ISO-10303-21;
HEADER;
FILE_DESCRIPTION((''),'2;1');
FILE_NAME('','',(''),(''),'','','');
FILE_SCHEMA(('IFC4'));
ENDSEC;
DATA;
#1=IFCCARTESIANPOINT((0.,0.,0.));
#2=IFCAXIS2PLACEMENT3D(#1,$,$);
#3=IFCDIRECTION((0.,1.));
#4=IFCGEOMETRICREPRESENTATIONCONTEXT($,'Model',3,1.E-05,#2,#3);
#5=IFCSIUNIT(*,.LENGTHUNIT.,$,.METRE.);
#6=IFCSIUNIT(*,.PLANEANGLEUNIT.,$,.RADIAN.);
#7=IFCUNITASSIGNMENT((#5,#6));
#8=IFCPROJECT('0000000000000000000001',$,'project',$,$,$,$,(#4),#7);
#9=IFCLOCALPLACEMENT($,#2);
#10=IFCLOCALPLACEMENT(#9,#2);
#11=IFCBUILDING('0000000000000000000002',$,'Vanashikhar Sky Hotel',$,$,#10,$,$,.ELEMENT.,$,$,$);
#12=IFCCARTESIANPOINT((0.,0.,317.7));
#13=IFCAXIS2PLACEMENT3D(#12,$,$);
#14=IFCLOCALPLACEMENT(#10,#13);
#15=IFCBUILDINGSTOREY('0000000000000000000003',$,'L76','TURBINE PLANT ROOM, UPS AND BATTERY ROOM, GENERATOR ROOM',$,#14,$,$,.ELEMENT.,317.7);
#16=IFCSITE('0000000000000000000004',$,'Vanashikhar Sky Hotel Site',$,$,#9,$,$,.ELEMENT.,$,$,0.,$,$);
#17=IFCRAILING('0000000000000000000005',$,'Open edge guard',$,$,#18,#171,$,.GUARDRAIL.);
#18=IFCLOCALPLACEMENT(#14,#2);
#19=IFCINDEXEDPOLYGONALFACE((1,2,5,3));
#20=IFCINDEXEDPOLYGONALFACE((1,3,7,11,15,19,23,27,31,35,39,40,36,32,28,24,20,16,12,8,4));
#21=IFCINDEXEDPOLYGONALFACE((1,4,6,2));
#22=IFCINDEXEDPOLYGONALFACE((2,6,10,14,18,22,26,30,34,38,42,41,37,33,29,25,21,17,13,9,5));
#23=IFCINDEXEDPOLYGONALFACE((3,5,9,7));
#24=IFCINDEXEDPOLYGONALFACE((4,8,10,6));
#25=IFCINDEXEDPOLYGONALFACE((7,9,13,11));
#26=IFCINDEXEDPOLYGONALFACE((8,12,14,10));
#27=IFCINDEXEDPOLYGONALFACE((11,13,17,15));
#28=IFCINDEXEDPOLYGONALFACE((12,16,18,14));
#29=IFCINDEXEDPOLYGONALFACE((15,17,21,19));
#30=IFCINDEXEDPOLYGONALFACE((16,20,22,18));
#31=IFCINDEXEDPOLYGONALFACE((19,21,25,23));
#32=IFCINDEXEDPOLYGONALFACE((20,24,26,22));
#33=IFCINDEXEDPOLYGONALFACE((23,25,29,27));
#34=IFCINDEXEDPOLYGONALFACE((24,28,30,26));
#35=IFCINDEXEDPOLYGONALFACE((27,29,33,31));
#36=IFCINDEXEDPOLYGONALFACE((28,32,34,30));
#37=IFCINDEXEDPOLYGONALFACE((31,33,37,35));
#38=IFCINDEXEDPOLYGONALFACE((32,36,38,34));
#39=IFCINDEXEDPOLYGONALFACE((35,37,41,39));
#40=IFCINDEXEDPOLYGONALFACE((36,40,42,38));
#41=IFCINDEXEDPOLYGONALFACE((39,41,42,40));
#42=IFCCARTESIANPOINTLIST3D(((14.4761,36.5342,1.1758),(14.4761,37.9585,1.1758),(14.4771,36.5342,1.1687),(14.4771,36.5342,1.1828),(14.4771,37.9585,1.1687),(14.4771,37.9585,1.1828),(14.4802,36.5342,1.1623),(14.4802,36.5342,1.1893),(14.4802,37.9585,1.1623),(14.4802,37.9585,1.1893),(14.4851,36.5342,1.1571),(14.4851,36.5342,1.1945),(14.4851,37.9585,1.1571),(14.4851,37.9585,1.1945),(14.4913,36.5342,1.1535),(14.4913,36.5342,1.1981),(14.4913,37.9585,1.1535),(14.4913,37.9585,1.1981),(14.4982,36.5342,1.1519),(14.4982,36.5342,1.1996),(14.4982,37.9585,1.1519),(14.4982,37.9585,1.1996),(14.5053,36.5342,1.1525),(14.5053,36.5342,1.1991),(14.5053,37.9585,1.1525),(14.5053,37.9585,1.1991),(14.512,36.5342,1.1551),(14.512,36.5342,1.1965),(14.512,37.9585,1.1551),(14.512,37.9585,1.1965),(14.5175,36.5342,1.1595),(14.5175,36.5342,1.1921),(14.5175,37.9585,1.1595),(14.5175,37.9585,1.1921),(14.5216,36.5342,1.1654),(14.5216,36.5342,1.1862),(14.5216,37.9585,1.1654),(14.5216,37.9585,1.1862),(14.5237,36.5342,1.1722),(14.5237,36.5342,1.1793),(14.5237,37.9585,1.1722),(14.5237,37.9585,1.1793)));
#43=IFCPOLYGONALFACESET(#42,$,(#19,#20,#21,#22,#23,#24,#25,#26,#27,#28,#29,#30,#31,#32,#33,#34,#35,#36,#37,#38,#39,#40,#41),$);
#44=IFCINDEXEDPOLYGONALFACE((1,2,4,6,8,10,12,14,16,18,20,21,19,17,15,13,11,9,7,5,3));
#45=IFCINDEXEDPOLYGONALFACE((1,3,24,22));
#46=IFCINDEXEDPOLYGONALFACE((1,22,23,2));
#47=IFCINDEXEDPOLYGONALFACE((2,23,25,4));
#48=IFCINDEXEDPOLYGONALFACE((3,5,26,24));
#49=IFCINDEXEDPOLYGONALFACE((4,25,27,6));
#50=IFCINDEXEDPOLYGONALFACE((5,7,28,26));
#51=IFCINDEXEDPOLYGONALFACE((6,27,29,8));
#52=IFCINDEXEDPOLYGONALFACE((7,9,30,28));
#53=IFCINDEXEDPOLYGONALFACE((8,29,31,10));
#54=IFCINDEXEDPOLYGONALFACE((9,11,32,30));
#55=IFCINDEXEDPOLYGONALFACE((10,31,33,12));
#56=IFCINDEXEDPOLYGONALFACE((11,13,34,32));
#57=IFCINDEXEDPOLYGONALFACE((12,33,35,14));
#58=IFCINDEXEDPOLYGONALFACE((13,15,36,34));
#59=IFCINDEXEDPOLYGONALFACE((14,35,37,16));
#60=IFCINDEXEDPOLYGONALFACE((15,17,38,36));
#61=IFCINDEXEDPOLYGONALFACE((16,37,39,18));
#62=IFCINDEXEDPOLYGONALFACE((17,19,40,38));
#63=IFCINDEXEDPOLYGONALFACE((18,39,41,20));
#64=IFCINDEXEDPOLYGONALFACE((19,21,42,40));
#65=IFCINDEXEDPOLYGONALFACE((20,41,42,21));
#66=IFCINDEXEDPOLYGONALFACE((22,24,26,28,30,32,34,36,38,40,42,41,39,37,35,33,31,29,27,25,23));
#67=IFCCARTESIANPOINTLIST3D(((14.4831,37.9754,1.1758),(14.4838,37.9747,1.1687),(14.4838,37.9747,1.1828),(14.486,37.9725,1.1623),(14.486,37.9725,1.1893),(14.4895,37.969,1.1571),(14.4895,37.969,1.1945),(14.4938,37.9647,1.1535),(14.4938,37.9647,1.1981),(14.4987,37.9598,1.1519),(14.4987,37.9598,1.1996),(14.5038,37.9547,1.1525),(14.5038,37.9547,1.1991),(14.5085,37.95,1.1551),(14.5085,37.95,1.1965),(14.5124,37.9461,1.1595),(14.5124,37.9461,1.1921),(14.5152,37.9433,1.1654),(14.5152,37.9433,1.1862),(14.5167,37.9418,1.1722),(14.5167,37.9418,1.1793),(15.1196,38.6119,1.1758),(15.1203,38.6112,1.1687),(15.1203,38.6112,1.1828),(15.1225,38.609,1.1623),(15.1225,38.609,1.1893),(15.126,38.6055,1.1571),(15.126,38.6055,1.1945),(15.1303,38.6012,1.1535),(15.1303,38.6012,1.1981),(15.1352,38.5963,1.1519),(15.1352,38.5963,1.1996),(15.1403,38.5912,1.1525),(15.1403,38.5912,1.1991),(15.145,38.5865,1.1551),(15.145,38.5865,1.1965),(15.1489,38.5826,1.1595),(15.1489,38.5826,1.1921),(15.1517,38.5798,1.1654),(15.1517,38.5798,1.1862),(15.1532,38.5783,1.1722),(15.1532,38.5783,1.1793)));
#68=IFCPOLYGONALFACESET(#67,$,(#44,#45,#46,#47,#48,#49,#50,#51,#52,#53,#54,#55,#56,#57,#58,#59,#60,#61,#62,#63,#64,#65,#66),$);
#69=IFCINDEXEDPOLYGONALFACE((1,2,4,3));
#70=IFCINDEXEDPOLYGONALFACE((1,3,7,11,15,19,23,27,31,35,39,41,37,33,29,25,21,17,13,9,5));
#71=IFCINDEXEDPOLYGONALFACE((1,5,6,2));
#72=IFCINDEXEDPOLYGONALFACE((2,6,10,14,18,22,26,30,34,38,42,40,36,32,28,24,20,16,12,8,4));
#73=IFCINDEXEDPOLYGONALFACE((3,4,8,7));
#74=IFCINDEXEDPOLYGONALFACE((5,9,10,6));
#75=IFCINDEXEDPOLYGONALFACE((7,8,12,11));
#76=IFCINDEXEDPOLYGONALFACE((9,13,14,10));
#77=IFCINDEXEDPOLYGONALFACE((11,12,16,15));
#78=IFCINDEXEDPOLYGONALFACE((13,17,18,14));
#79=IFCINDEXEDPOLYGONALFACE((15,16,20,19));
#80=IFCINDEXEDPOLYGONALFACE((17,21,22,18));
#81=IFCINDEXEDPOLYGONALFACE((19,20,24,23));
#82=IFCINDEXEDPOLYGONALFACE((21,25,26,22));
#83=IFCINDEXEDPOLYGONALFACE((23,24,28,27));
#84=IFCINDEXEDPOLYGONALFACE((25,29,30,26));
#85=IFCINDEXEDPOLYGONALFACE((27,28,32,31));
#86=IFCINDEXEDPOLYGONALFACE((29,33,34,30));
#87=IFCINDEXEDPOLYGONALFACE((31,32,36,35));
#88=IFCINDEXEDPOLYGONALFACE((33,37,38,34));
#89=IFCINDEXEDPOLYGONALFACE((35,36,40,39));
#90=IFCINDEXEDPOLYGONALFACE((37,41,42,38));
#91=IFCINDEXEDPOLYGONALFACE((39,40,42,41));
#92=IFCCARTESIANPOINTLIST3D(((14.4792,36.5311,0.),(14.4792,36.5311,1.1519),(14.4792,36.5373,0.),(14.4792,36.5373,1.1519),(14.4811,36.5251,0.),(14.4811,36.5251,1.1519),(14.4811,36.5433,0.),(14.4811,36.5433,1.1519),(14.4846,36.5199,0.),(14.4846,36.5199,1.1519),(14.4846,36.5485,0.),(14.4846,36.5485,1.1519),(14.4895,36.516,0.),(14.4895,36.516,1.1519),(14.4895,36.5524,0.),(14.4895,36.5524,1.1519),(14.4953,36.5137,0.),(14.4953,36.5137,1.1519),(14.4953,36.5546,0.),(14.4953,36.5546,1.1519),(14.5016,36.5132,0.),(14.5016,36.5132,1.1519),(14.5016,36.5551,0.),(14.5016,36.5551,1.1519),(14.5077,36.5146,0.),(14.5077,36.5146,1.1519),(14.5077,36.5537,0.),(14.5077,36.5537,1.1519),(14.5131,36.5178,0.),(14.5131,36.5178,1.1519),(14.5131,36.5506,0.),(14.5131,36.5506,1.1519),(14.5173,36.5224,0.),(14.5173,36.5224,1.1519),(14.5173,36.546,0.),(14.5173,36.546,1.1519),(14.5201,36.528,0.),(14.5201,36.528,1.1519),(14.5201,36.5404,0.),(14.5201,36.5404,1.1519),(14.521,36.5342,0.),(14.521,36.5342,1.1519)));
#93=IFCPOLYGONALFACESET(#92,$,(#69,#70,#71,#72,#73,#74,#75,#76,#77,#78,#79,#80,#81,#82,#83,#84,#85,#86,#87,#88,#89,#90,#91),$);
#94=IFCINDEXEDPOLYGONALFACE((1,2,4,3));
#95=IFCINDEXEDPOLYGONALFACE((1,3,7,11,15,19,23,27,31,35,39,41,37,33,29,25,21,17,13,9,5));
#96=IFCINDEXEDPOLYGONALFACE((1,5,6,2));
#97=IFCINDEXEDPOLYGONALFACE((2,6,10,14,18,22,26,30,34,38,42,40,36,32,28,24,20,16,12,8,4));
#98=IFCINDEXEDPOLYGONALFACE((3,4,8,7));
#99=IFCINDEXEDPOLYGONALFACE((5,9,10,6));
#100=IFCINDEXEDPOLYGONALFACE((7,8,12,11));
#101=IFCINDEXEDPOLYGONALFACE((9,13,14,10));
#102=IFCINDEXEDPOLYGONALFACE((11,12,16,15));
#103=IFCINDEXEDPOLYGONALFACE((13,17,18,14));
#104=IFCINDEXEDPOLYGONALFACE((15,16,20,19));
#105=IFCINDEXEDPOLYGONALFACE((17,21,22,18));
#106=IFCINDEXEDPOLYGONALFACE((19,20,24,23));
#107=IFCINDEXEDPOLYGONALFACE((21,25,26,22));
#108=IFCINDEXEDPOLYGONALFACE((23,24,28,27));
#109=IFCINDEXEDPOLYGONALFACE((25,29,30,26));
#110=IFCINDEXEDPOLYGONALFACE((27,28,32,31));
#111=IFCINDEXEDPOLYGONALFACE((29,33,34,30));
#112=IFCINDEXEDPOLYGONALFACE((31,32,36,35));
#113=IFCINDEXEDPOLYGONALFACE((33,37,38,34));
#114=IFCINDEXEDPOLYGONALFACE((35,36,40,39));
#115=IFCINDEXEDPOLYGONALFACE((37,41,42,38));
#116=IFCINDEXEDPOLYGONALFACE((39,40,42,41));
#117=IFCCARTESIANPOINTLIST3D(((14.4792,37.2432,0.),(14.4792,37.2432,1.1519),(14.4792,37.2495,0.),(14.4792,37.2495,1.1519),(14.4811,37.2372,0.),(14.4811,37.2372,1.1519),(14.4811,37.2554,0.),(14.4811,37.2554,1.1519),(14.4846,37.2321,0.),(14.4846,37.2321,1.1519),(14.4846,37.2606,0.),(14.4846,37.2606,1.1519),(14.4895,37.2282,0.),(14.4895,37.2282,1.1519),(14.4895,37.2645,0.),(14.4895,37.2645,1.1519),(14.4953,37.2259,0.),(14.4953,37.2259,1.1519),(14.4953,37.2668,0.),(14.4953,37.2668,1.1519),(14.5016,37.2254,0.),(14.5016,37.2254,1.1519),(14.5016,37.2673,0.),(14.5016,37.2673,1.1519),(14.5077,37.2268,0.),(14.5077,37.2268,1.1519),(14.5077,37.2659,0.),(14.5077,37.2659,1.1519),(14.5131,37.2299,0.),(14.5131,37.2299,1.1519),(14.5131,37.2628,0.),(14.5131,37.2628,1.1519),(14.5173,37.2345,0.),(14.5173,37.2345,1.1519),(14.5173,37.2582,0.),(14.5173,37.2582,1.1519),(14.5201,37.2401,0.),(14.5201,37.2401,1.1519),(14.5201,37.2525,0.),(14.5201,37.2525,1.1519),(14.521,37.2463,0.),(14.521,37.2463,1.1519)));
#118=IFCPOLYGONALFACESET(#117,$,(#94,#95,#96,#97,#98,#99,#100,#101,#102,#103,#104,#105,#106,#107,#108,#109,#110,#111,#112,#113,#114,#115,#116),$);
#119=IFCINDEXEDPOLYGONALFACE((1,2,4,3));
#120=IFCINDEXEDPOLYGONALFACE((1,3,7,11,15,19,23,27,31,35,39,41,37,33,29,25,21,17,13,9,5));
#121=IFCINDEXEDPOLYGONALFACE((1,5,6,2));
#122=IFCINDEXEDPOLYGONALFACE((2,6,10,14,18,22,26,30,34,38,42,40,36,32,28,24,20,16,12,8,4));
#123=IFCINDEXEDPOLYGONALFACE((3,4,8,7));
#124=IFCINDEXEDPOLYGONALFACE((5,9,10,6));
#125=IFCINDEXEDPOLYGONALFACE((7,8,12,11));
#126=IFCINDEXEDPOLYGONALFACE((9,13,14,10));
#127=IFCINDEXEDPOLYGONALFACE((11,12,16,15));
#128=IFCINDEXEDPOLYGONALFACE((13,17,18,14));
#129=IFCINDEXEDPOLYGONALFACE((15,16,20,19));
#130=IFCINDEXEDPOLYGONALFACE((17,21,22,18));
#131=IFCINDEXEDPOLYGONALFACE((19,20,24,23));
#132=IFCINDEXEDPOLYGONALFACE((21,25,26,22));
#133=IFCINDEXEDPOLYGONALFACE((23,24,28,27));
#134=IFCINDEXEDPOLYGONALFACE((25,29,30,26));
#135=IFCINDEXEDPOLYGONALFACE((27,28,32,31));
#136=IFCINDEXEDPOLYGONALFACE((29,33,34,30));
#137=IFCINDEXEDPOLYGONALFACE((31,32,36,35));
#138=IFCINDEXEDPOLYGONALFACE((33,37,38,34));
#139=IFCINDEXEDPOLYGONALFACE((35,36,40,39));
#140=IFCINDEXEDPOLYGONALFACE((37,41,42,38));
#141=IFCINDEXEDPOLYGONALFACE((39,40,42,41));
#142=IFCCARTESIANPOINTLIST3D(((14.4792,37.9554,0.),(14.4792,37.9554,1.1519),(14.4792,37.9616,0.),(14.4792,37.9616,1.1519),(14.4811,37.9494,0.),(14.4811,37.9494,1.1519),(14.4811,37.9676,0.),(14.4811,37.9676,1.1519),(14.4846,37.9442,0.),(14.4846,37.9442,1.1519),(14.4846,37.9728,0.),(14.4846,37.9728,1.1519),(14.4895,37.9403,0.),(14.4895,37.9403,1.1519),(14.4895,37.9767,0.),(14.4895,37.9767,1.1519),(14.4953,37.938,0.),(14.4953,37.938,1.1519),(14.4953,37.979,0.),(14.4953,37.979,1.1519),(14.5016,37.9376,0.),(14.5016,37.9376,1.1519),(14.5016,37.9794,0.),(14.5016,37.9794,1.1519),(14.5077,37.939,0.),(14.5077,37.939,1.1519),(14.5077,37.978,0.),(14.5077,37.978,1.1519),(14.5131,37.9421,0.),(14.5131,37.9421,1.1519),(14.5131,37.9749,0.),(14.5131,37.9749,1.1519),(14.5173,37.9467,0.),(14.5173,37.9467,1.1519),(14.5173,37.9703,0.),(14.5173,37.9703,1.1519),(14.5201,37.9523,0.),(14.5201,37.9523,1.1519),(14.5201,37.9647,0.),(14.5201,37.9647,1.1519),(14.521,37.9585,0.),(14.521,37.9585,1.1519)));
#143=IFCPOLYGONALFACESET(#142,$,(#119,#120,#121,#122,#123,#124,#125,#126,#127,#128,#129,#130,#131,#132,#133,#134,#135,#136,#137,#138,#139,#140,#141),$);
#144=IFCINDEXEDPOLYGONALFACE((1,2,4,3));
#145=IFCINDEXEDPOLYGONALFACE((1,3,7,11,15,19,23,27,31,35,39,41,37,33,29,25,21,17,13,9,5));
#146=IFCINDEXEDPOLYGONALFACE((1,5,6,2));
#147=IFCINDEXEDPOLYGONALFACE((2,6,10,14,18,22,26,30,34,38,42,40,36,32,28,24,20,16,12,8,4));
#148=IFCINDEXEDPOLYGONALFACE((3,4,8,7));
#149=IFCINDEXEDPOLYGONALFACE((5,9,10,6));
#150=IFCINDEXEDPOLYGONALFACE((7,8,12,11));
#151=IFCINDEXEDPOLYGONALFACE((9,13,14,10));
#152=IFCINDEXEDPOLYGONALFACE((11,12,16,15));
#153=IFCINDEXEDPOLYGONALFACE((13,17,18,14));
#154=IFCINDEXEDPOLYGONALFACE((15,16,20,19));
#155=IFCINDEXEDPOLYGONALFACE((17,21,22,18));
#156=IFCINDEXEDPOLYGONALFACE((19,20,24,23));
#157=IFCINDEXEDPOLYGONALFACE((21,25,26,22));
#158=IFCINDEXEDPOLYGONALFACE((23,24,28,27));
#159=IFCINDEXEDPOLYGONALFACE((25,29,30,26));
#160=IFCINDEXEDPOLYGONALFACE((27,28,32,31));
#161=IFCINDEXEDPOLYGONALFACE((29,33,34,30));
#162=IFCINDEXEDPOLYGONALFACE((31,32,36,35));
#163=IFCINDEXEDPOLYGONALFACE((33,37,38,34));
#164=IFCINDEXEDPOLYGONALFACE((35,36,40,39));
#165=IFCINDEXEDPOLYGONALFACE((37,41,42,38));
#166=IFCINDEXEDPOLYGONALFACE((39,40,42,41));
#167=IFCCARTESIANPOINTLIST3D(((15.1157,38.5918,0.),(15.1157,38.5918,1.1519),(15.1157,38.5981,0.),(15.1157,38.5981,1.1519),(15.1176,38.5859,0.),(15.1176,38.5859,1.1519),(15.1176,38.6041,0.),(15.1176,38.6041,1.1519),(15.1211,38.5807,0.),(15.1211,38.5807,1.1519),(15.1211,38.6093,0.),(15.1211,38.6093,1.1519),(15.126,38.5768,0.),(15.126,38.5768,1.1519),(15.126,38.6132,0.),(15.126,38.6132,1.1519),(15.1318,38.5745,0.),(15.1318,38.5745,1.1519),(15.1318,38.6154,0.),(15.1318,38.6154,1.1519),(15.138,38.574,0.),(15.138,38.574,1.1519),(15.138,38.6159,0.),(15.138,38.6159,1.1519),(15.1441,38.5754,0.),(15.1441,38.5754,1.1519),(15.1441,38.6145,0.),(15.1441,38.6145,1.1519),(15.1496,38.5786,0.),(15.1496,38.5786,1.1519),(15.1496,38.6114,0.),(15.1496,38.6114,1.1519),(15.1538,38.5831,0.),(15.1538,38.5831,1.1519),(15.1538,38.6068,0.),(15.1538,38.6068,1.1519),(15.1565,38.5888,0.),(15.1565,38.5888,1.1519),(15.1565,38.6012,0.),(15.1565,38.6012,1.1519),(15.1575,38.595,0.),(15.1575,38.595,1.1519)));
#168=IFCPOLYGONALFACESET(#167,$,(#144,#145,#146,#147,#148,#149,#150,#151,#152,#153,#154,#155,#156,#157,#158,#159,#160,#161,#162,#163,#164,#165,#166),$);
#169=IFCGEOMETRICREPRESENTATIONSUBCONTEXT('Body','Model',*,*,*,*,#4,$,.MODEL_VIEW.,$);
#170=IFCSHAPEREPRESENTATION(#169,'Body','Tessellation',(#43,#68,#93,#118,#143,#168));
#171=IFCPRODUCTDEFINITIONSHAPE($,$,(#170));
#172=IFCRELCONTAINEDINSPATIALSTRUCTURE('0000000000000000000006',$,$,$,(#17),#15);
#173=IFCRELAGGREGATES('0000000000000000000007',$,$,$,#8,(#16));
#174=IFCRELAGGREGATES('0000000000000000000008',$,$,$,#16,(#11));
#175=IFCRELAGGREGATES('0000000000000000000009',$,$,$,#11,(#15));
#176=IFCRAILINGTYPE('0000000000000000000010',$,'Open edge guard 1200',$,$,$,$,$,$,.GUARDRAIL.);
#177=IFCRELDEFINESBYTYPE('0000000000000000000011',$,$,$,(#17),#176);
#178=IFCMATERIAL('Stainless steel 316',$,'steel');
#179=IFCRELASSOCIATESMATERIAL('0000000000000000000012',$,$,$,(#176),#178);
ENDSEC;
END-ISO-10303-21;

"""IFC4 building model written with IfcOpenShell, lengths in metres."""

from ifc_helpers import new_model, si_unit, direction, frame, origin, origin_2d, place, context, subcontext, project, spatial, circle, extrude, source, transform, mapped, material, type_object, element, save


model = new_model("IFC4")

# Units and contexts
model_context = context("Model", 3, precision=1e-05, world=origin(), true_north=direction((0.0, 1.0)))
body_context = subcontext(model_context, "Body", "Model", "MODEL_VIEW")
ifc_project = project(units=[si_unit("LENGTHUNIT", "METRE"), si_unit("PLANEANGLEUNIT", "RADIAN")], contexts=[model_context])

# Site, building, storey
site_placement = place(None, origin())
site = spatial("IfcSite", under=ifc_project, at=site_placement, Name="Vanashikhar Sky Hotel Site", CompositionType="ELEMENT", RefElevation=0.0)
building_placement = place(site_placement, origin())
building = spatial("IfcBuilding", under=site, at=building_placement, Name="Vanashikhar Sky Hotel", CompositionType="ELEMENT")
storey_placement = place(building_placement, frame((0.0, 0.0, 317.7)))
storey = spatial("IfcBuildingStorey", under=building, at=storey_placement, Name="L76", Description="TURBINE PLANT ROOM, UPS AND BATTERY ROOM, GENERATOR ROOM", CompositionType="ELEMENT", Elevation=317.7)

# Railing
ifc_material_1 = material(Name="Stainless steel 316", Category="steel")
railing_type = type_object("IfcRailingType", Name="Open edge guard 1200", PredefinedType="GUARDRAIL", material=ifc_material_1)
shared_shape_1 = source(origin(), body_context, "Body", "SweptSolid", [
    extrude(circle(Radius=0.0239, at=origin_2d()), frame((0.0, 0.0, 1.1758), z_axis=(0.0, 1.0, 0.0), x_axis=(-1.0, 0.0, 0.0)), (0.0, 0.0, 1.0), 1.4243),
    extrude(circle(Radius=0.0239, at=origin_2d()), frame((0.0, 1.4243, 1.1758), z_axis=(0.707107, 0.707107, 0.0), x_axis=(-0.707107, 0.707107, 0.0)), (0.0, 0.0, 1.0), 0.9001),
    extrude(circle(Radius=0.021, at=origin_2d()), origin(), (0.0, 0.0, 1.0), 1.1519),
    extrude(circle(Radius=0.021, at=origin_2d()), frame((0.0, 0.7122, 0.0)), (0.0, 0.0, 1.0), 1.1519),
    extrude(circle(Radius=0.021, at=origin_2d()), frame((0.0, 1.4243, 0.0)), (0.0, 0.0, 1.0), 1.1519),
    extrude(circle(Radius=0.021, at=origin_2d()), frame((0.6365, 2.0608, 0.0)), (0.0, 0.0, 1.0), 1.1519),
])
railing_1_placement = place(storey_placement, frame((14.5, 36.5342, 0.0)))
element("IfcRailing", 1, at=railing_1_placement, inside=storey, type_object=railing_type, Name="Open edge guard", PredefinedType="GUARDRAIL", context=body_context, shape_type="MappedRepresentation", body=[
    mapped(shared_shape_1, transform((0.0, 0.0, 0.0), scale=1.0)),
])

save(model, "model.ifc")
